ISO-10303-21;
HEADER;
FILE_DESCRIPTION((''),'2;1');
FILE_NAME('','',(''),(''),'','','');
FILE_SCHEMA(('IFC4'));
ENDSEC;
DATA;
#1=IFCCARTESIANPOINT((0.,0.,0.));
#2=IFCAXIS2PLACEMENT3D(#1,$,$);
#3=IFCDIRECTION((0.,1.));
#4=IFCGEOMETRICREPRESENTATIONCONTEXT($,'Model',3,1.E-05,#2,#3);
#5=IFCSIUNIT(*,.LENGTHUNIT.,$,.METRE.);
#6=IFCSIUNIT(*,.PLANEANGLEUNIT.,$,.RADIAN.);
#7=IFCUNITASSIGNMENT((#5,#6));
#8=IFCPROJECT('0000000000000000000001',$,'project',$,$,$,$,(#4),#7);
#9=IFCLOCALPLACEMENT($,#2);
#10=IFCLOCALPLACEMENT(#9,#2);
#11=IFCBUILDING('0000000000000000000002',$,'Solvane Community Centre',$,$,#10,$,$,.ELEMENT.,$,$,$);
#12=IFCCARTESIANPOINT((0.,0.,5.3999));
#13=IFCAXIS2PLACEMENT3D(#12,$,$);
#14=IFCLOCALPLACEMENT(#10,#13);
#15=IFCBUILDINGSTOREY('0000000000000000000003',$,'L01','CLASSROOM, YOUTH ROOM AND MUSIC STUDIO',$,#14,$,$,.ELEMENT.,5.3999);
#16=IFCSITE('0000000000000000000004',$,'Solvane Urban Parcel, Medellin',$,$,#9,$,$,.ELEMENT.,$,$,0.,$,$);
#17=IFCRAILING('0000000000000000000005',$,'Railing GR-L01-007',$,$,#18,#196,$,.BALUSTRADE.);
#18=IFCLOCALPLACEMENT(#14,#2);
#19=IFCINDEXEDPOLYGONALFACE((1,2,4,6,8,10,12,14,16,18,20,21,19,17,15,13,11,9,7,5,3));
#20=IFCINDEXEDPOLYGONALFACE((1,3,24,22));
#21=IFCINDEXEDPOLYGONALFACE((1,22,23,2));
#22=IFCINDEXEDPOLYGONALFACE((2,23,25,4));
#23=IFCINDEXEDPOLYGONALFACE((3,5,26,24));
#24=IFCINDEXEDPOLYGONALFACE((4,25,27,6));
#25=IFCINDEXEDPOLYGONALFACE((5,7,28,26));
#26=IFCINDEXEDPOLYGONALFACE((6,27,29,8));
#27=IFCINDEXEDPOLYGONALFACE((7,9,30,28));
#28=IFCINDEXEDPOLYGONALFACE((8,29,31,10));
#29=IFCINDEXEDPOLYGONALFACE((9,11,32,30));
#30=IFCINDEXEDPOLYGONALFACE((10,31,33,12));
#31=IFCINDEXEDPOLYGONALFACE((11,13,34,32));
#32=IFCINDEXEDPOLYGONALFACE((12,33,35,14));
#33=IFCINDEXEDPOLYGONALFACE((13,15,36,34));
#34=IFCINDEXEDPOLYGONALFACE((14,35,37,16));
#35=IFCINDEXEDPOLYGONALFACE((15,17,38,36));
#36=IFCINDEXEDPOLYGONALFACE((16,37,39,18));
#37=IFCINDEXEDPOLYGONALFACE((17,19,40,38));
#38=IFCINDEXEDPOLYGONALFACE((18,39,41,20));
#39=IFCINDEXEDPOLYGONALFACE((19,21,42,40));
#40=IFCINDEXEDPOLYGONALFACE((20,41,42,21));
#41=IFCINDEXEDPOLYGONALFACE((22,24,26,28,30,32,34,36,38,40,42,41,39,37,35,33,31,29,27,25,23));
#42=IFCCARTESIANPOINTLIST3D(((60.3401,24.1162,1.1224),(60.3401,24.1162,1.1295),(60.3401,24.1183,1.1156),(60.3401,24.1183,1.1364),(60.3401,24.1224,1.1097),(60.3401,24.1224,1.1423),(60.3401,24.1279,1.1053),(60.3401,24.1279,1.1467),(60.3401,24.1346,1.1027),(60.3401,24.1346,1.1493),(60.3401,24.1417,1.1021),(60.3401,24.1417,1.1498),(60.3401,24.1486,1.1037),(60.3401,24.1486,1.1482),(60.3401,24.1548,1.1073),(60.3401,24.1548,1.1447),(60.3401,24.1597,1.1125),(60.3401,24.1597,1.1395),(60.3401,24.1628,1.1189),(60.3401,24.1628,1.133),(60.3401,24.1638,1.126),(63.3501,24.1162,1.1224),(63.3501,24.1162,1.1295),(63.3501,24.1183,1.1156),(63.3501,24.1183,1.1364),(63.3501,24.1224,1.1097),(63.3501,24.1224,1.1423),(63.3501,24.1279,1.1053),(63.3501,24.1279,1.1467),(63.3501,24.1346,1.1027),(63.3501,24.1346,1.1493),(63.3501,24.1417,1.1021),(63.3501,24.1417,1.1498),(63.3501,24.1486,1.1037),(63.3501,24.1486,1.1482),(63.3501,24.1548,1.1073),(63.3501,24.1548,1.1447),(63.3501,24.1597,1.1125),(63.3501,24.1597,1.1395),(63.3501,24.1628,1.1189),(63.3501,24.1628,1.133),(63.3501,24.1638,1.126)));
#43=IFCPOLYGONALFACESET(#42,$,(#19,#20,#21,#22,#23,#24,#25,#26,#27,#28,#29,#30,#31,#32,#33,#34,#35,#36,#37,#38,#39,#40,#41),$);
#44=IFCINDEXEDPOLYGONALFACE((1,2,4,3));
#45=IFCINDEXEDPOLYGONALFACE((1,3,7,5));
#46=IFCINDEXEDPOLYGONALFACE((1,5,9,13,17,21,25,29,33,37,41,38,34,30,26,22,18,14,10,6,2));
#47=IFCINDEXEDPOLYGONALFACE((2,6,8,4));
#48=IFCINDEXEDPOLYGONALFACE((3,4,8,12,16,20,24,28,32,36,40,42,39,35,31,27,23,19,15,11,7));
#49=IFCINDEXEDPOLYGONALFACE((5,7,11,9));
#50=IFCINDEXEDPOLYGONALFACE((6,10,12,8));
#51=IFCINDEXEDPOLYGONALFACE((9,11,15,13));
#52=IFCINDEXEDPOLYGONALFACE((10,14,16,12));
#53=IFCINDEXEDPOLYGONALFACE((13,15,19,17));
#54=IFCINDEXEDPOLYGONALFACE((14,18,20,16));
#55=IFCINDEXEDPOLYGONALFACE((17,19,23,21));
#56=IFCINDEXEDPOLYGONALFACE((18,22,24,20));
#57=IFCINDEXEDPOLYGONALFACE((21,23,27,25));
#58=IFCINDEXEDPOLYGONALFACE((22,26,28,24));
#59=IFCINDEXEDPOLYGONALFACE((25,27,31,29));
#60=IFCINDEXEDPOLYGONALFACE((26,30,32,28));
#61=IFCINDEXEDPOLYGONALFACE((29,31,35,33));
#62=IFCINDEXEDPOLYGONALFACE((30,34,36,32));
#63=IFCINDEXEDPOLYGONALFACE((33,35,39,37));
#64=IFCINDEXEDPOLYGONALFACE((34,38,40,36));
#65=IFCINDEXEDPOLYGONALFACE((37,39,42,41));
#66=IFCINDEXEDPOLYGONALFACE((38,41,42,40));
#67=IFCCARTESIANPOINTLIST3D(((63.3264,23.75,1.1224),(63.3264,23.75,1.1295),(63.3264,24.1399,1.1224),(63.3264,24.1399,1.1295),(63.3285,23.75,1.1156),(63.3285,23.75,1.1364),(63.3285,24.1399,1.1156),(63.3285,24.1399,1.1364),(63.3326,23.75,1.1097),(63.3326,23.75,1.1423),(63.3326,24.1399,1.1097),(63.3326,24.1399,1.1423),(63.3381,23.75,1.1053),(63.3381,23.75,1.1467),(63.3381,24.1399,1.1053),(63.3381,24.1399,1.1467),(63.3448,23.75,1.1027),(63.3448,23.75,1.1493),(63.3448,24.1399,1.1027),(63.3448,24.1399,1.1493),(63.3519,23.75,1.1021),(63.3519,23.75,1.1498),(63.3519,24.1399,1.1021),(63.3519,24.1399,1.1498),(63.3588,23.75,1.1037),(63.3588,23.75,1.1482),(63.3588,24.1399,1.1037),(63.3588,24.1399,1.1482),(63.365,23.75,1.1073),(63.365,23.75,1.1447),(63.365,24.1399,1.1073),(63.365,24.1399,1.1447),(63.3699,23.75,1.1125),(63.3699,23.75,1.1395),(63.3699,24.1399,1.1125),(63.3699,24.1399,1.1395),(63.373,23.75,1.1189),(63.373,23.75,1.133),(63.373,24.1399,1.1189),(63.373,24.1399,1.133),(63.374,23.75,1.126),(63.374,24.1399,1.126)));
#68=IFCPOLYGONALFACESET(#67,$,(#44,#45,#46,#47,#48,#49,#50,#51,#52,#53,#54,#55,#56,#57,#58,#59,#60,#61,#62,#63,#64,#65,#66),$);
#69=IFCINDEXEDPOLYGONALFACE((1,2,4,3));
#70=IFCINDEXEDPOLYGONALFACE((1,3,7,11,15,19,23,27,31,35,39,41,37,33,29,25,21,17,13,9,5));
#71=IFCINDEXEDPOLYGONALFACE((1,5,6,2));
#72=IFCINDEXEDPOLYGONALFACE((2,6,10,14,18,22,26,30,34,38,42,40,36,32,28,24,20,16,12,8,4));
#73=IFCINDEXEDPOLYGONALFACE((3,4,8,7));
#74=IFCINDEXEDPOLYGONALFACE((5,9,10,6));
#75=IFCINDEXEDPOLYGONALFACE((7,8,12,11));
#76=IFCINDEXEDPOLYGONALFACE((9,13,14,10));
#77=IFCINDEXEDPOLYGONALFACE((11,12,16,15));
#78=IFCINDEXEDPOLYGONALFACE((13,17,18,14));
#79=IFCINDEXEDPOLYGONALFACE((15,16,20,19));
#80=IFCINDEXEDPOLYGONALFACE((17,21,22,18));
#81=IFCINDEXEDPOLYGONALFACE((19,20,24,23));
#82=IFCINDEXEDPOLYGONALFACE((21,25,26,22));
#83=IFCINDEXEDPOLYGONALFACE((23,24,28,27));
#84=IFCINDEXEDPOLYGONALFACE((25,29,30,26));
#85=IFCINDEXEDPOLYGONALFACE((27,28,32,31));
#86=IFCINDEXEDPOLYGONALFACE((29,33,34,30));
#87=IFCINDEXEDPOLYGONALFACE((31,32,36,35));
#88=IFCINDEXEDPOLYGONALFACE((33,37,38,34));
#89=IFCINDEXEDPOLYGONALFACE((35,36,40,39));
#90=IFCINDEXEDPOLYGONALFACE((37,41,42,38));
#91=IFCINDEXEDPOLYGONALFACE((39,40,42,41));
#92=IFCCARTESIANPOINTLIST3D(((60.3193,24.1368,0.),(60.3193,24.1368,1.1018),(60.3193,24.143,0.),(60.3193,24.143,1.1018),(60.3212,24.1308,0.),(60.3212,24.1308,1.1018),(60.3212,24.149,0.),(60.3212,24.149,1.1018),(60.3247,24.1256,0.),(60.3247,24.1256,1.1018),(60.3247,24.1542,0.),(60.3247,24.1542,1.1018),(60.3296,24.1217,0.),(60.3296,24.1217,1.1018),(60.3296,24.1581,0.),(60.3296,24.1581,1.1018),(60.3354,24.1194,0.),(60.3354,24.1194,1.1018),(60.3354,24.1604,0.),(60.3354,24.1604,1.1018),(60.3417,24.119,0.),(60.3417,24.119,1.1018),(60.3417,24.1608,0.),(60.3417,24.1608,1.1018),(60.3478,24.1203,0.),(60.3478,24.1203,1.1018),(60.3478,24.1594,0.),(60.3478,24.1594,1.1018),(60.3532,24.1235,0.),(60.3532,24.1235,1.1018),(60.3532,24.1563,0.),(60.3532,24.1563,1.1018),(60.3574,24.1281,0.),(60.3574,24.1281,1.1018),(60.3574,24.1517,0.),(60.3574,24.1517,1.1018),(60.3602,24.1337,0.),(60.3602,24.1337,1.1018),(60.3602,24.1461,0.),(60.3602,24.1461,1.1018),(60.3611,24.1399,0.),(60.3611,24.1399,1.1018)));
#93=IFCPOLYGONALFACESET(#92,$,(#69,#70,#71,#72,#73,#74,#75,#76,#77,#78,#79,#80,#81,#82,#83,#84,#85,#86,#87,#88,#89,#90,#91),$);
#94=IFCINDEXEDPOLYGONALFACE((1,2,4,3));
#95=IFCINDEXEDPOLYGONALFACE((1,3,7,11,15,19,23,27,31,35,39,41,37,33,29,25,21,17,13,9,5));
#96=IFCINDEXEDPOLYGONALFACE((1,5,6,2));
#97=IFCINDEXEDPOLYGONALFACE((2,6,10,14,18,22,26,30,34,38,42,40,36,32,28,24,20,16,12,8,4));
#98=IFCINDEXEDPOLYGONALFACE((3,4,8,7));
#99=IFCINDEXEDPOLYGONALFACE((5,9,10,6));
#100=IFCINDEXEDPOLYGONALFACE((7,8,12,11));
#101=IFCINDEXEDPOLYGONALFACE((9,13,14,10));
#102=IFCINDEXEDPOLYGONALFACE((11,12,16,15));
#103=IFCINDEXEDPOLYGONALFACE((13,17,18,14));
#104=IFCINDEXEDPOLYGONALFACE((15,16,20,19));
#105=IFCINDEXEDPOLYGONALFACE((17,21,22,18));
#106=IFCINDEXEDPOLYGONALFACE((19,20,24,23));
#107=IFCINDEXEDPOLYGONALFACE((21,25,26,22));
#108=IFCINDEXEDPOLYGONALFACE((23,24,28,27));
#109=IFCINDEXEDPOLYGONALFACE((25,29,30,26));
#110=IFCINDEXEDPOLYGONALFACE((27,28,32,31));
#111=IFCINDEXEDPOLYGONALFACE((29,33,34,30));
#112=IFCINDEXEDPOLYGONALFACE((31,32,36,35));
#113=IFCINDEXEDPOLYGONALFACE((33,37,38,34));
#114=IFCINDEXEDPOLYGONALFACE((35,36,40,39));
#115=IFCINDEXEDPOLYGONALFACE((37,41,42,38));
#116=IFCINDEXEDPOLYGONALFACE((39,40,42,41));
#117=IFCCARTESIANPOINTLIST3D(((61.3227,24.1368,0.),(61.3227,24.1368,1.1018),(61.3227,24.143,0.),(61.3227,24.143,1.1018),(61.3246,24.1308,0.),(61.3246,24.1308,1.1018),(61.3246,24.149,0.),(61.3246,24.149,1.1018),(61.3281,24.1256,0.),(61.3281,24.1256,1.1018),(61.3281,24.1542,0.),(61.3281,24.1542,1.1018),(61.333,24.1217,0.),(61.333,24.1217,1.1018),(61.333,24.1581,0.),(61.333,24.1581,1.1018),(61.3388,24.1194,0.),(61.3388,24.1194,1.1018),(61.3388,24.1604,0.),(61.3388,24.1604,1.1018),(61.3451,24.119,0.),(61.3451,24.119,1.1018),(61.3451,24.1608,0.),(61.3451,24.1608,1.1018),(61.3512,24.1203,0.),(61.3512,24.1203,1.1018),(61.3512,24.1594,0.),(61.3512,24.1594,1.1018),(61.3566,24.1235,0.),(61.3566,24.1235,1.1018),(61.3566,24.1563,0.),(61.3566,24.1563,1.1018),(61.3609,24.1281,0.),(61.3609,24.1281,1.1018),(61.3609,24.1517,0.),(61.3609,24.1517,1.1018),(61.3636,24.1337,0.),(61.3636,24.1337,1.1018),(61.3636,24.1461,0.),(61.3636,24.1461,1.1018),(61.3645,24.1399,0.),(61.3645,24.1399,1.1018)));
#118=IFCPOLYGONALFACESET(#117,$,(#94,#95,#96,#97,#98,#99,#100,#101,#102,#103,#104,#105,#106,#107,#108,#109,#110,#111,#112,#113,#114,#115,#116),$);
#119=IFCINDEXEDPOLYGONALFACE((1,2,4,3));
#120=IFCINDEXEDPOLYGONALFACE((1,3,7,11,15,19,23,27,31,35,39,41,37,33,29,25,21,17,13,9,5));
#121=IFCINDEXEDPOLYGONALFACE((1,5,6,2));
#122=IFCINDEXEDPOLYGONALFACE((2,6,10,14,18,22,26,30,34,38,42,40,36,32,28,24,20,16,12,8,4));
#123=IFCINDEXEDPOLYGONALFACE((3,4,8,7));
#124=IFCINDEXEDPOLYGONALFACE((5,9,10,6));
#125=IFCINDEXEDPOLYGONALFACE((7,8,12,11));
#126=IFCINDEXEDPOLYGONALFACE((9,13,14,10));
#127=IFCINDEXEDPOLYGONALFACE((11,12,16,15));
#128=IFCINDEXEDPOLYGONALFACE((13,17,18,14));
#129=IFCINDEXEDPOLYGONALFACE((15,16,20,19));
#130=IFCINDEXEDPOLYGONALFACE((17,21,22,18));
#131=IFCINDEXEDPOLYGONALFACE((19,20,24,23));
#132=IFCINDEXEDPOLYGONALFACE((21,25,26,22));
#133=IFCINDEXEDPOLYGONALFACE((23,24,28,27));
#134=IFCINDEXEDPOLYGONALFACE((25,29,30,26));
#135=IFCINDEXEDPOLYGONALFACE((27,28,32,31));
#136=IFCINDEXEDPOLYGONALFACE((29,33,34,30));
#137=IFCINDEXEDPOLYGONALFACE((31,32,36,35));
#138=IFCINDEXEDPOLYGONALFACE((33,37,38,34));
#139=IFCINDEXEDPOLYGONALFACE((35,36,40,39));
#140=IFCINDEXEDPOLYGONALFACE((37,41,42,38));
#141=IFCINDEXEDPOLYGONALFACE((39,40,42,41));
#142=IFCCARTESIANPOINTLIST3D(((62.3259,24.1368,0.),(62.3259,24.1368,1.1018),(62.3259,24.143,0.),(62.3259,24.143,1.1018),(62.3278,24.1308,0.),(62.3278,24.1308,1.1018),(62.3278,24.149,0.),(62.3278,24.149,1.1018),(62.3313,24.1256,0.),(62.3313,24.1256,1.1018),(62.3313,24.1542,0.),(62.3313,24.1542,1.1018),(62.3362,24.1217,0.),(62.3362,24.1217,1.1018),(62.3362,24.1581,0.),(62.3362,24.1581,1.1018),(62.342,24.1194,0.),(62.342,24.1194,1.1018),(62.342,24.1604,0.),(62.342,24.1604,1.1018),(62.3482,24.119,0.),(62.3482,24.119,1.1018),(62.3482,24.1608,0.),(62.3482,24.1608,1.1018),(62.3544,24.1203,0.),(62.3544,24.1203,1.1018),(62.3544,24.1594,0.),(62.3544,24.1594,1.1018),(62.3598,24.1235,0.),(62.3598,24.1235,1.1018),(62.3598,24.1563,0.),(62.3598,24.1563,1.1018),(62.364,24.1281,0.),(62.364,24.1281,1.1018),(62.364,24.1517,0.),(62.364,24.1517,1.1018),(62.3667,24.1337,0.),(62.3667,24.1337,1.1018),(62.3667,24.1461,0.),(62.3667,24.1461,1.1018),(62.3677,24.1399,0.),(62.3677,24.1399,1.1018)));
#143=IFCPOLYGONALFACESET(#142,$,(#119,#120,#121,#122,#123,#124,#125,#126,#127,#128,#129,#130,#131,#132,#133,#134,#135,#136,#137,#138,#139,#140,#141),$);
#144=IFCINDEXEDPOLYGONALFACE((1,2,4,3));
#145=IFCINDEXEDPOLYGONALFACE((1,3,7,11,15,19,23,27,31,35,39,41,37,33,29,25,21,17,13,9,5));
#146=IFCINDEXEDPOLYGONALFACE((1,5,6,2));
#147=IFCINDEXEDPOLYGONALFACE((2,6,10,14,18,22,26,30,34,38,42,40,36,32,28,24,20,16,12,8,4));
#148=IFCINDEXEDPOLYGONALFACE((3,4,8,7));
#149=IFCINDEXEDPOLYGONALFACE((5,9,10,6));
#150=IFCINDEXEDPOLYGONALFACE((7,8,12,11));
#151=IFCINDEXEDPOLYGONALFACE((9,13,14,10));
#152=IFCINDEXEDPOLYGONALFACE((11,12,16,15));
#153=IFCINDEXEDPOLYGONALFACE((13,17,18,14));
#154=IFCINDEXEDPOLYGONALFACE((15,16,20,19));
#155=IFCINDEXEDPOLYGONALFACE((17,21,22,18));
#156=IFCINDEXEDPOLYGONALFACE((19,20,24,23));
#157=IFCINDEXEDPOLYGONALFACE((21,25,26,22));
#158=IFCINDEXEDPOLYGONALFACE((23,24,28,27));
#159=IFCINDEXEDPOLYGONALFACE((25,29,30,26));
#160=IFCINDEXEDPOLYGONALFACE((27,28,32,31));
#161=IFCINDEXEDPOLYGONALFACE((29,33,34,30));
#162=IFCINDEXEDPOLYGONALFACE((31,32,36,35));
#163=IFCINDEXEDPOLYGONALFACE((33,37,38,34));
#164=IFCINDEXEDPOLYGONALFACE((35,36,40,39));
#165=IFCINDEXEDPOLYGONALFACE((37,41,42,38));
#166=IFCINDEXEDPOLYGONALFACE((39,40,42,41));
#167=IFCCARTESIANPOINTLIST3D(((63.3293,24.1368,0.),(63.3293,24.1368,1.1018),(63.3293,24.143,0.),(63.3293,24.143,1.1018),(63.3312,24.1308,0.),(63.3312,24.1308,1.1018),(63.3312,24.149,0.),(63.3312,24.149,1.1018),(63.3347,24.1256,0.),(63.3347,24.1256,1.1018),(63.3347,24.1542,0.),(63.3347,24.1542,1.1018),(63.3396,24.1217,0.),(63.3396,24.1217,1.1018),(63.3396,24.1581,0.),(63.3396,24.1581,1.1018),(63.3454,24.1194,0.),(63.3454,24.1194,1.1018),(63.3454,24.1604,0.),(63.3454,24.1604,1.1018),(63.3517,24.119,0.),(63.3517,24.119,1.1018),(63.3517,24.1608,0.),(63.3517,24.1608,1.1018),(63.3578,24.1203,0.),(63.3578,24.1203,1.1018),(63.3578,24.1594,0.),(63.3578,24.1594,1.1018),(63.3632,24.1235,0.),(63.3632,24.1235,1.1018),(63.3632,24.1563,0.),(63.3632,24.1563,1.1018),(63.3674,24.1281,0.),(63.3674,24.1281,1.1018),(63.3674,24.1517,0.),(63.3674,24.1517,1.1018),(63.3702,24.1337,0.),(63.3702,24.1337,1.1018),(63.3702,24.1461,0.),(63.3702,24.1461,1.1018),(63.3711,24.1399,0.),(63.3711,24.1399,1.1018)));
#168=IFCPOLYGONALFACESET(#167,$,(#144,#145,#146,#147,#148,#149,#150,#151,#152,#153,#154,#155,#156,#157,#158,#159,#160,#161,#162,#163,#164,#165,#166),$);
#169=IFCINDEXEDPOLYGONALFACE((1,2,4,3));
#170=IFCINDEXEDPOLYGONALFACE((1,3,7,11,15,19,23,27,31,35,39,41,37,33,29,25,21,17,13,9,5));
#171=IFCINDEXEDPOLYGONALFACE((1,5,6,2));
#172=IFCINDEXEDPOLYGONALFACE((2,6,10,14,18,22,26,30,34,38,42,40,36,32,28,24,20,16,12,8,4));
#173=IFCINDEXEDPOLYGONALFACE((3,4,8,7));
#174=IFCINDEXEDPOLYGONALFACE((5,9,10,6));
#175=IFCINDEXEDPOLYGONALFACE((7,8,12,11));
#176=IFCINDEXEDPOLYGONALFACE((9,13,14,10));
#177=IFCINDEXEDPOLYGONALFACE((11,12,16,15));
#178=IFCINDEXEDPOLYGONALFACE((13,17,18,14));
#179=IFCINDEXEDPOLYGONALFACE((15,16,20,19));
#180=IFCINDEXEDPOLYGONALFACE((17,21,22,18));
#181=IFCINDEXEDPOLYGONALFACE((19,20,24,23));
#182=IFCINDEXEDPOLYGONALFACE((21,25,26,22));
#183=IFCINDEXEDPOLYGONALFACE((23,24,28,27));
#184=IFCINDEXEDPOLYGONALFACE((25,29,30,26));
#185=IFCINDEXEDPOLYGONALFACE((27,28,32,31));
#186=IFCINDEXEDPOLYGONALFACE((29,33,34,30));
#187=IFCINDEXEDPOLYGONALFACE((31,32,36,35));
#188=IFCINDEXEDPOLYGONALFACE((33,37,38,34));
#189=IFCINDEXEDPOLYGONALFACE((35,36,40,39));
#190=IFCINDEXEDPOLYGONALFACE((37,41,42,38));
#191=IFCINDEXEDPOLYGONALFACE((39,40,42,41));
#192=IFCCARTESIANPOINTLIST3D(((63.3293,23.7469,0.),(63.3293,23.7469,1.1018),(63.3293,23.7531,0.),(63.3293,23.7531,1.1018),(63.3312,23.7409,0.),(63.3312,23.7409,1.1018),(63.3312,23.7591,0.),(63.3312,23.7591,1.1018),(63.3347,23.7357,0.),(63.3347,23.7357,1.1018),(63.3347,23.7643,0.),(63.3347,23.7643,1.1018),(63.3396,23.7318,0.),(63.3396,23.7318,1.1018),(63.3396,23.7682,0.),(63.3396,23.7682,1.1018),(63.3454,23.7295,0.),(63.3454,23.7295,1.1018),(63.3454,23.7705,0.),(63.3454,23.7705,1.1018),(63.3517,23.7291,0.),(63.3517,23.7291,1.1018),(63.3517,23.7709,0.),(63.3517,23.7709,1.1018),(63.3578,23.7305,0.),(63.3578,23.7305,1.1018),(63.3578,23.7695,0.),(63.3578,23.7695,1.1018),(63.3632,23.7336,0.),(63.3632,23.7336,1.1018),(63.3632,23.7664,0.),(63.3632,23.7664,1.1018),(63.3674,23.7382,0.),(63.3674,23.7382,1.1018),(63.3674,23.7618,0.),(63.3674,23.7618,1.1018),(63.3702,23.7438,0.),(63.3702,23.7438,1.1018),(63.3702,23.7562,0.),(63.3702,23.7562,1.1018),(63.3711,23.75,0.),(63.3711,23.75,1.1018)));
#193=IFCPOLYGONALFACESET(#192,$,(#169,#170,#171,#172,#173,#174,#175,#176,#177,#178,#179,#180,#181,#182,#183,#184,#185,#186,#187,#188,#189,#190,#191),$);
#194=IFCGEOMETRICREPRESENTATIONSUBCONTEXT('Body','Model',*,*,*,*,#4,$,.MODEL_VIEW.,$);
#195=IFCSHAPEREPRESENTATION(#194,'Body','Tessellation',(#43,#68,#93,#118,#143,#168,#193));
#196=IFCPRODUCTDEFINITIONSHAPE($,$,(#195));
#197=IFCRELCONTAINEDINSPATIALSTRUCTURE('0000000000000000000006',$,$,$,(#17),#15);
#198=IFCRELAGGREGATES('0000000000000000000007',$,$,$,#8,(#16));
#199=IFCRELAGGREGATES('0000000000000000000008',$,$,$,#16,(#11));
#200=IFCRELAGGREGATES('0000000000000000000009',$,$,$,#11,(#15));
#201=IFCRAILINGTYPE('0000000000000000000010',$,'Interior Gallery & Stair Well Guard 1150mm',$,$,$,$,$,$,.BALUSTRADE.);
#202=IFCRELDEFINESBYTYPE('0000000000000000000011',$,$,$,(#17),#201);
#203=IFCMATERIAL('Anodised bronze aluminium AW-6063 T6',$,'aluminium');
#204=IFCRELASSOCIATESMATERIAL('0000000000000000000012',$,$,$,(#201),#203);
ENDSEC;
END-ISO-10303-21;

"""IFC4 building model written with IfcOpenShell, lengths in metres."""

from ifc_helpers import new_model, si_unit, direction, frame, origin, origin_2d, place, context, subcontext, project, spatial, circle, extrude, material, type_object, element, save


model = new_model("IFC4")

# Units and contexts
model_context = context("Model", 3, precision=1e-05, world=origin(), true_north=direction((0.0, 1.0)))
body_context = subcontext(model_context, "Body", "Model", "MODEL_VIEW")
ifc_project = project(units=[si_unit("LENGTHUNIT", "METRE"), si_unit("PLANEANGLEUNIT", "RADIAN")], contexts=[model_context])

# Site, building, storey
site_placement = place(None, origin())
site = spatial("IfcSite", under=ifc_project, at=site_placement, Name="Solvane Urban Parcel, Medellin", CompositionType="ELEMENT", RefElevation=0.0)
building_placement = place(site_placement, origin())
building = spatial("IfcBuilding", under=site, at=building_placement, Name="Solvane Community Centre", CompositionType="ELEMENT")
storey_placement = place(building_placement, frame((0.0, 0.0, 5.3999)))
storey = spatial("IfcBuildingStorey", under=building, at=storey_placement, Name="L01", Description="CLASSROOM, YOUTH ROOM AND MUSIC STUDIO", CompositionType="ELEMENT", Elevation=5.3999)

# Shared definitions
ifc_material_1 = material(Name="Anodised bronze aluminium AW-6063 T6", Category="aluminium")

# Railing
railing_type_1 = type_object("IfcRailingType", Name="Interior Gallery & Stair Well Guard 1150mm", PredefinedType="BALUSTRADE", material=ifc_material_1)
railing_1_placement = place(storey_placement, frame((60.3401, 24.1399, 0.0)))
element("IfcRailing", 1, at=railing_1_placement, inside=storey, type_object=railing_type_1, Name="Railing GR-L01-007", PredefinedType="BALUSTRADE", context=body_context, shape_type="SweptSolid", body=[
    extrude(circle(Radius=0.0239, at=origin_2d()), frame((0.0, 0.0, 1.126), z_axis=(1.0, 0.0, 0.0), x_axis=(0.0, 1.0, 0.0)), (0.0, 0.0, 1.0), 3.01),
    extrude(circle(Radius=0.0239, at=origin_2d()), frame((3.01, 0.0, 1.126), z_axis=(0.0, -1.0, 0.0), x_axis=(1.0, 0.0, 0.0)), (0.0, 0.0, 1.0), 0.3899),
    extrude(circle(Radius=0.021, at=origin_2d()), origin(), (0.0, 0.0, 1.0), 1.1018),
    extrude(circle(Radius=0.021, at=origin_2d()), frame((1.0034, 0.0, 0.0)), (0.0, 0.0, 1.0), 1.1018),
    extrude(circle(Radius=0.021, at=origin_2d()), frame((2.0066, 0.0, 0.0)), (0.0, 0.0, 1.0), 1.1018),
    extrude(circle(Radius=0.021, at=origin_2d()), frame((3.01, 0.0, 0.0)), (0.0, 0.0, 1.0), 1.1018),
    extrude(circle(Radius=0.021, at=origin_2d()), frame((3.01, -0.3899, 0.0)), (0.0, 0.0, 1.0), 1.1018),
])

save(model, "model.ifc")
